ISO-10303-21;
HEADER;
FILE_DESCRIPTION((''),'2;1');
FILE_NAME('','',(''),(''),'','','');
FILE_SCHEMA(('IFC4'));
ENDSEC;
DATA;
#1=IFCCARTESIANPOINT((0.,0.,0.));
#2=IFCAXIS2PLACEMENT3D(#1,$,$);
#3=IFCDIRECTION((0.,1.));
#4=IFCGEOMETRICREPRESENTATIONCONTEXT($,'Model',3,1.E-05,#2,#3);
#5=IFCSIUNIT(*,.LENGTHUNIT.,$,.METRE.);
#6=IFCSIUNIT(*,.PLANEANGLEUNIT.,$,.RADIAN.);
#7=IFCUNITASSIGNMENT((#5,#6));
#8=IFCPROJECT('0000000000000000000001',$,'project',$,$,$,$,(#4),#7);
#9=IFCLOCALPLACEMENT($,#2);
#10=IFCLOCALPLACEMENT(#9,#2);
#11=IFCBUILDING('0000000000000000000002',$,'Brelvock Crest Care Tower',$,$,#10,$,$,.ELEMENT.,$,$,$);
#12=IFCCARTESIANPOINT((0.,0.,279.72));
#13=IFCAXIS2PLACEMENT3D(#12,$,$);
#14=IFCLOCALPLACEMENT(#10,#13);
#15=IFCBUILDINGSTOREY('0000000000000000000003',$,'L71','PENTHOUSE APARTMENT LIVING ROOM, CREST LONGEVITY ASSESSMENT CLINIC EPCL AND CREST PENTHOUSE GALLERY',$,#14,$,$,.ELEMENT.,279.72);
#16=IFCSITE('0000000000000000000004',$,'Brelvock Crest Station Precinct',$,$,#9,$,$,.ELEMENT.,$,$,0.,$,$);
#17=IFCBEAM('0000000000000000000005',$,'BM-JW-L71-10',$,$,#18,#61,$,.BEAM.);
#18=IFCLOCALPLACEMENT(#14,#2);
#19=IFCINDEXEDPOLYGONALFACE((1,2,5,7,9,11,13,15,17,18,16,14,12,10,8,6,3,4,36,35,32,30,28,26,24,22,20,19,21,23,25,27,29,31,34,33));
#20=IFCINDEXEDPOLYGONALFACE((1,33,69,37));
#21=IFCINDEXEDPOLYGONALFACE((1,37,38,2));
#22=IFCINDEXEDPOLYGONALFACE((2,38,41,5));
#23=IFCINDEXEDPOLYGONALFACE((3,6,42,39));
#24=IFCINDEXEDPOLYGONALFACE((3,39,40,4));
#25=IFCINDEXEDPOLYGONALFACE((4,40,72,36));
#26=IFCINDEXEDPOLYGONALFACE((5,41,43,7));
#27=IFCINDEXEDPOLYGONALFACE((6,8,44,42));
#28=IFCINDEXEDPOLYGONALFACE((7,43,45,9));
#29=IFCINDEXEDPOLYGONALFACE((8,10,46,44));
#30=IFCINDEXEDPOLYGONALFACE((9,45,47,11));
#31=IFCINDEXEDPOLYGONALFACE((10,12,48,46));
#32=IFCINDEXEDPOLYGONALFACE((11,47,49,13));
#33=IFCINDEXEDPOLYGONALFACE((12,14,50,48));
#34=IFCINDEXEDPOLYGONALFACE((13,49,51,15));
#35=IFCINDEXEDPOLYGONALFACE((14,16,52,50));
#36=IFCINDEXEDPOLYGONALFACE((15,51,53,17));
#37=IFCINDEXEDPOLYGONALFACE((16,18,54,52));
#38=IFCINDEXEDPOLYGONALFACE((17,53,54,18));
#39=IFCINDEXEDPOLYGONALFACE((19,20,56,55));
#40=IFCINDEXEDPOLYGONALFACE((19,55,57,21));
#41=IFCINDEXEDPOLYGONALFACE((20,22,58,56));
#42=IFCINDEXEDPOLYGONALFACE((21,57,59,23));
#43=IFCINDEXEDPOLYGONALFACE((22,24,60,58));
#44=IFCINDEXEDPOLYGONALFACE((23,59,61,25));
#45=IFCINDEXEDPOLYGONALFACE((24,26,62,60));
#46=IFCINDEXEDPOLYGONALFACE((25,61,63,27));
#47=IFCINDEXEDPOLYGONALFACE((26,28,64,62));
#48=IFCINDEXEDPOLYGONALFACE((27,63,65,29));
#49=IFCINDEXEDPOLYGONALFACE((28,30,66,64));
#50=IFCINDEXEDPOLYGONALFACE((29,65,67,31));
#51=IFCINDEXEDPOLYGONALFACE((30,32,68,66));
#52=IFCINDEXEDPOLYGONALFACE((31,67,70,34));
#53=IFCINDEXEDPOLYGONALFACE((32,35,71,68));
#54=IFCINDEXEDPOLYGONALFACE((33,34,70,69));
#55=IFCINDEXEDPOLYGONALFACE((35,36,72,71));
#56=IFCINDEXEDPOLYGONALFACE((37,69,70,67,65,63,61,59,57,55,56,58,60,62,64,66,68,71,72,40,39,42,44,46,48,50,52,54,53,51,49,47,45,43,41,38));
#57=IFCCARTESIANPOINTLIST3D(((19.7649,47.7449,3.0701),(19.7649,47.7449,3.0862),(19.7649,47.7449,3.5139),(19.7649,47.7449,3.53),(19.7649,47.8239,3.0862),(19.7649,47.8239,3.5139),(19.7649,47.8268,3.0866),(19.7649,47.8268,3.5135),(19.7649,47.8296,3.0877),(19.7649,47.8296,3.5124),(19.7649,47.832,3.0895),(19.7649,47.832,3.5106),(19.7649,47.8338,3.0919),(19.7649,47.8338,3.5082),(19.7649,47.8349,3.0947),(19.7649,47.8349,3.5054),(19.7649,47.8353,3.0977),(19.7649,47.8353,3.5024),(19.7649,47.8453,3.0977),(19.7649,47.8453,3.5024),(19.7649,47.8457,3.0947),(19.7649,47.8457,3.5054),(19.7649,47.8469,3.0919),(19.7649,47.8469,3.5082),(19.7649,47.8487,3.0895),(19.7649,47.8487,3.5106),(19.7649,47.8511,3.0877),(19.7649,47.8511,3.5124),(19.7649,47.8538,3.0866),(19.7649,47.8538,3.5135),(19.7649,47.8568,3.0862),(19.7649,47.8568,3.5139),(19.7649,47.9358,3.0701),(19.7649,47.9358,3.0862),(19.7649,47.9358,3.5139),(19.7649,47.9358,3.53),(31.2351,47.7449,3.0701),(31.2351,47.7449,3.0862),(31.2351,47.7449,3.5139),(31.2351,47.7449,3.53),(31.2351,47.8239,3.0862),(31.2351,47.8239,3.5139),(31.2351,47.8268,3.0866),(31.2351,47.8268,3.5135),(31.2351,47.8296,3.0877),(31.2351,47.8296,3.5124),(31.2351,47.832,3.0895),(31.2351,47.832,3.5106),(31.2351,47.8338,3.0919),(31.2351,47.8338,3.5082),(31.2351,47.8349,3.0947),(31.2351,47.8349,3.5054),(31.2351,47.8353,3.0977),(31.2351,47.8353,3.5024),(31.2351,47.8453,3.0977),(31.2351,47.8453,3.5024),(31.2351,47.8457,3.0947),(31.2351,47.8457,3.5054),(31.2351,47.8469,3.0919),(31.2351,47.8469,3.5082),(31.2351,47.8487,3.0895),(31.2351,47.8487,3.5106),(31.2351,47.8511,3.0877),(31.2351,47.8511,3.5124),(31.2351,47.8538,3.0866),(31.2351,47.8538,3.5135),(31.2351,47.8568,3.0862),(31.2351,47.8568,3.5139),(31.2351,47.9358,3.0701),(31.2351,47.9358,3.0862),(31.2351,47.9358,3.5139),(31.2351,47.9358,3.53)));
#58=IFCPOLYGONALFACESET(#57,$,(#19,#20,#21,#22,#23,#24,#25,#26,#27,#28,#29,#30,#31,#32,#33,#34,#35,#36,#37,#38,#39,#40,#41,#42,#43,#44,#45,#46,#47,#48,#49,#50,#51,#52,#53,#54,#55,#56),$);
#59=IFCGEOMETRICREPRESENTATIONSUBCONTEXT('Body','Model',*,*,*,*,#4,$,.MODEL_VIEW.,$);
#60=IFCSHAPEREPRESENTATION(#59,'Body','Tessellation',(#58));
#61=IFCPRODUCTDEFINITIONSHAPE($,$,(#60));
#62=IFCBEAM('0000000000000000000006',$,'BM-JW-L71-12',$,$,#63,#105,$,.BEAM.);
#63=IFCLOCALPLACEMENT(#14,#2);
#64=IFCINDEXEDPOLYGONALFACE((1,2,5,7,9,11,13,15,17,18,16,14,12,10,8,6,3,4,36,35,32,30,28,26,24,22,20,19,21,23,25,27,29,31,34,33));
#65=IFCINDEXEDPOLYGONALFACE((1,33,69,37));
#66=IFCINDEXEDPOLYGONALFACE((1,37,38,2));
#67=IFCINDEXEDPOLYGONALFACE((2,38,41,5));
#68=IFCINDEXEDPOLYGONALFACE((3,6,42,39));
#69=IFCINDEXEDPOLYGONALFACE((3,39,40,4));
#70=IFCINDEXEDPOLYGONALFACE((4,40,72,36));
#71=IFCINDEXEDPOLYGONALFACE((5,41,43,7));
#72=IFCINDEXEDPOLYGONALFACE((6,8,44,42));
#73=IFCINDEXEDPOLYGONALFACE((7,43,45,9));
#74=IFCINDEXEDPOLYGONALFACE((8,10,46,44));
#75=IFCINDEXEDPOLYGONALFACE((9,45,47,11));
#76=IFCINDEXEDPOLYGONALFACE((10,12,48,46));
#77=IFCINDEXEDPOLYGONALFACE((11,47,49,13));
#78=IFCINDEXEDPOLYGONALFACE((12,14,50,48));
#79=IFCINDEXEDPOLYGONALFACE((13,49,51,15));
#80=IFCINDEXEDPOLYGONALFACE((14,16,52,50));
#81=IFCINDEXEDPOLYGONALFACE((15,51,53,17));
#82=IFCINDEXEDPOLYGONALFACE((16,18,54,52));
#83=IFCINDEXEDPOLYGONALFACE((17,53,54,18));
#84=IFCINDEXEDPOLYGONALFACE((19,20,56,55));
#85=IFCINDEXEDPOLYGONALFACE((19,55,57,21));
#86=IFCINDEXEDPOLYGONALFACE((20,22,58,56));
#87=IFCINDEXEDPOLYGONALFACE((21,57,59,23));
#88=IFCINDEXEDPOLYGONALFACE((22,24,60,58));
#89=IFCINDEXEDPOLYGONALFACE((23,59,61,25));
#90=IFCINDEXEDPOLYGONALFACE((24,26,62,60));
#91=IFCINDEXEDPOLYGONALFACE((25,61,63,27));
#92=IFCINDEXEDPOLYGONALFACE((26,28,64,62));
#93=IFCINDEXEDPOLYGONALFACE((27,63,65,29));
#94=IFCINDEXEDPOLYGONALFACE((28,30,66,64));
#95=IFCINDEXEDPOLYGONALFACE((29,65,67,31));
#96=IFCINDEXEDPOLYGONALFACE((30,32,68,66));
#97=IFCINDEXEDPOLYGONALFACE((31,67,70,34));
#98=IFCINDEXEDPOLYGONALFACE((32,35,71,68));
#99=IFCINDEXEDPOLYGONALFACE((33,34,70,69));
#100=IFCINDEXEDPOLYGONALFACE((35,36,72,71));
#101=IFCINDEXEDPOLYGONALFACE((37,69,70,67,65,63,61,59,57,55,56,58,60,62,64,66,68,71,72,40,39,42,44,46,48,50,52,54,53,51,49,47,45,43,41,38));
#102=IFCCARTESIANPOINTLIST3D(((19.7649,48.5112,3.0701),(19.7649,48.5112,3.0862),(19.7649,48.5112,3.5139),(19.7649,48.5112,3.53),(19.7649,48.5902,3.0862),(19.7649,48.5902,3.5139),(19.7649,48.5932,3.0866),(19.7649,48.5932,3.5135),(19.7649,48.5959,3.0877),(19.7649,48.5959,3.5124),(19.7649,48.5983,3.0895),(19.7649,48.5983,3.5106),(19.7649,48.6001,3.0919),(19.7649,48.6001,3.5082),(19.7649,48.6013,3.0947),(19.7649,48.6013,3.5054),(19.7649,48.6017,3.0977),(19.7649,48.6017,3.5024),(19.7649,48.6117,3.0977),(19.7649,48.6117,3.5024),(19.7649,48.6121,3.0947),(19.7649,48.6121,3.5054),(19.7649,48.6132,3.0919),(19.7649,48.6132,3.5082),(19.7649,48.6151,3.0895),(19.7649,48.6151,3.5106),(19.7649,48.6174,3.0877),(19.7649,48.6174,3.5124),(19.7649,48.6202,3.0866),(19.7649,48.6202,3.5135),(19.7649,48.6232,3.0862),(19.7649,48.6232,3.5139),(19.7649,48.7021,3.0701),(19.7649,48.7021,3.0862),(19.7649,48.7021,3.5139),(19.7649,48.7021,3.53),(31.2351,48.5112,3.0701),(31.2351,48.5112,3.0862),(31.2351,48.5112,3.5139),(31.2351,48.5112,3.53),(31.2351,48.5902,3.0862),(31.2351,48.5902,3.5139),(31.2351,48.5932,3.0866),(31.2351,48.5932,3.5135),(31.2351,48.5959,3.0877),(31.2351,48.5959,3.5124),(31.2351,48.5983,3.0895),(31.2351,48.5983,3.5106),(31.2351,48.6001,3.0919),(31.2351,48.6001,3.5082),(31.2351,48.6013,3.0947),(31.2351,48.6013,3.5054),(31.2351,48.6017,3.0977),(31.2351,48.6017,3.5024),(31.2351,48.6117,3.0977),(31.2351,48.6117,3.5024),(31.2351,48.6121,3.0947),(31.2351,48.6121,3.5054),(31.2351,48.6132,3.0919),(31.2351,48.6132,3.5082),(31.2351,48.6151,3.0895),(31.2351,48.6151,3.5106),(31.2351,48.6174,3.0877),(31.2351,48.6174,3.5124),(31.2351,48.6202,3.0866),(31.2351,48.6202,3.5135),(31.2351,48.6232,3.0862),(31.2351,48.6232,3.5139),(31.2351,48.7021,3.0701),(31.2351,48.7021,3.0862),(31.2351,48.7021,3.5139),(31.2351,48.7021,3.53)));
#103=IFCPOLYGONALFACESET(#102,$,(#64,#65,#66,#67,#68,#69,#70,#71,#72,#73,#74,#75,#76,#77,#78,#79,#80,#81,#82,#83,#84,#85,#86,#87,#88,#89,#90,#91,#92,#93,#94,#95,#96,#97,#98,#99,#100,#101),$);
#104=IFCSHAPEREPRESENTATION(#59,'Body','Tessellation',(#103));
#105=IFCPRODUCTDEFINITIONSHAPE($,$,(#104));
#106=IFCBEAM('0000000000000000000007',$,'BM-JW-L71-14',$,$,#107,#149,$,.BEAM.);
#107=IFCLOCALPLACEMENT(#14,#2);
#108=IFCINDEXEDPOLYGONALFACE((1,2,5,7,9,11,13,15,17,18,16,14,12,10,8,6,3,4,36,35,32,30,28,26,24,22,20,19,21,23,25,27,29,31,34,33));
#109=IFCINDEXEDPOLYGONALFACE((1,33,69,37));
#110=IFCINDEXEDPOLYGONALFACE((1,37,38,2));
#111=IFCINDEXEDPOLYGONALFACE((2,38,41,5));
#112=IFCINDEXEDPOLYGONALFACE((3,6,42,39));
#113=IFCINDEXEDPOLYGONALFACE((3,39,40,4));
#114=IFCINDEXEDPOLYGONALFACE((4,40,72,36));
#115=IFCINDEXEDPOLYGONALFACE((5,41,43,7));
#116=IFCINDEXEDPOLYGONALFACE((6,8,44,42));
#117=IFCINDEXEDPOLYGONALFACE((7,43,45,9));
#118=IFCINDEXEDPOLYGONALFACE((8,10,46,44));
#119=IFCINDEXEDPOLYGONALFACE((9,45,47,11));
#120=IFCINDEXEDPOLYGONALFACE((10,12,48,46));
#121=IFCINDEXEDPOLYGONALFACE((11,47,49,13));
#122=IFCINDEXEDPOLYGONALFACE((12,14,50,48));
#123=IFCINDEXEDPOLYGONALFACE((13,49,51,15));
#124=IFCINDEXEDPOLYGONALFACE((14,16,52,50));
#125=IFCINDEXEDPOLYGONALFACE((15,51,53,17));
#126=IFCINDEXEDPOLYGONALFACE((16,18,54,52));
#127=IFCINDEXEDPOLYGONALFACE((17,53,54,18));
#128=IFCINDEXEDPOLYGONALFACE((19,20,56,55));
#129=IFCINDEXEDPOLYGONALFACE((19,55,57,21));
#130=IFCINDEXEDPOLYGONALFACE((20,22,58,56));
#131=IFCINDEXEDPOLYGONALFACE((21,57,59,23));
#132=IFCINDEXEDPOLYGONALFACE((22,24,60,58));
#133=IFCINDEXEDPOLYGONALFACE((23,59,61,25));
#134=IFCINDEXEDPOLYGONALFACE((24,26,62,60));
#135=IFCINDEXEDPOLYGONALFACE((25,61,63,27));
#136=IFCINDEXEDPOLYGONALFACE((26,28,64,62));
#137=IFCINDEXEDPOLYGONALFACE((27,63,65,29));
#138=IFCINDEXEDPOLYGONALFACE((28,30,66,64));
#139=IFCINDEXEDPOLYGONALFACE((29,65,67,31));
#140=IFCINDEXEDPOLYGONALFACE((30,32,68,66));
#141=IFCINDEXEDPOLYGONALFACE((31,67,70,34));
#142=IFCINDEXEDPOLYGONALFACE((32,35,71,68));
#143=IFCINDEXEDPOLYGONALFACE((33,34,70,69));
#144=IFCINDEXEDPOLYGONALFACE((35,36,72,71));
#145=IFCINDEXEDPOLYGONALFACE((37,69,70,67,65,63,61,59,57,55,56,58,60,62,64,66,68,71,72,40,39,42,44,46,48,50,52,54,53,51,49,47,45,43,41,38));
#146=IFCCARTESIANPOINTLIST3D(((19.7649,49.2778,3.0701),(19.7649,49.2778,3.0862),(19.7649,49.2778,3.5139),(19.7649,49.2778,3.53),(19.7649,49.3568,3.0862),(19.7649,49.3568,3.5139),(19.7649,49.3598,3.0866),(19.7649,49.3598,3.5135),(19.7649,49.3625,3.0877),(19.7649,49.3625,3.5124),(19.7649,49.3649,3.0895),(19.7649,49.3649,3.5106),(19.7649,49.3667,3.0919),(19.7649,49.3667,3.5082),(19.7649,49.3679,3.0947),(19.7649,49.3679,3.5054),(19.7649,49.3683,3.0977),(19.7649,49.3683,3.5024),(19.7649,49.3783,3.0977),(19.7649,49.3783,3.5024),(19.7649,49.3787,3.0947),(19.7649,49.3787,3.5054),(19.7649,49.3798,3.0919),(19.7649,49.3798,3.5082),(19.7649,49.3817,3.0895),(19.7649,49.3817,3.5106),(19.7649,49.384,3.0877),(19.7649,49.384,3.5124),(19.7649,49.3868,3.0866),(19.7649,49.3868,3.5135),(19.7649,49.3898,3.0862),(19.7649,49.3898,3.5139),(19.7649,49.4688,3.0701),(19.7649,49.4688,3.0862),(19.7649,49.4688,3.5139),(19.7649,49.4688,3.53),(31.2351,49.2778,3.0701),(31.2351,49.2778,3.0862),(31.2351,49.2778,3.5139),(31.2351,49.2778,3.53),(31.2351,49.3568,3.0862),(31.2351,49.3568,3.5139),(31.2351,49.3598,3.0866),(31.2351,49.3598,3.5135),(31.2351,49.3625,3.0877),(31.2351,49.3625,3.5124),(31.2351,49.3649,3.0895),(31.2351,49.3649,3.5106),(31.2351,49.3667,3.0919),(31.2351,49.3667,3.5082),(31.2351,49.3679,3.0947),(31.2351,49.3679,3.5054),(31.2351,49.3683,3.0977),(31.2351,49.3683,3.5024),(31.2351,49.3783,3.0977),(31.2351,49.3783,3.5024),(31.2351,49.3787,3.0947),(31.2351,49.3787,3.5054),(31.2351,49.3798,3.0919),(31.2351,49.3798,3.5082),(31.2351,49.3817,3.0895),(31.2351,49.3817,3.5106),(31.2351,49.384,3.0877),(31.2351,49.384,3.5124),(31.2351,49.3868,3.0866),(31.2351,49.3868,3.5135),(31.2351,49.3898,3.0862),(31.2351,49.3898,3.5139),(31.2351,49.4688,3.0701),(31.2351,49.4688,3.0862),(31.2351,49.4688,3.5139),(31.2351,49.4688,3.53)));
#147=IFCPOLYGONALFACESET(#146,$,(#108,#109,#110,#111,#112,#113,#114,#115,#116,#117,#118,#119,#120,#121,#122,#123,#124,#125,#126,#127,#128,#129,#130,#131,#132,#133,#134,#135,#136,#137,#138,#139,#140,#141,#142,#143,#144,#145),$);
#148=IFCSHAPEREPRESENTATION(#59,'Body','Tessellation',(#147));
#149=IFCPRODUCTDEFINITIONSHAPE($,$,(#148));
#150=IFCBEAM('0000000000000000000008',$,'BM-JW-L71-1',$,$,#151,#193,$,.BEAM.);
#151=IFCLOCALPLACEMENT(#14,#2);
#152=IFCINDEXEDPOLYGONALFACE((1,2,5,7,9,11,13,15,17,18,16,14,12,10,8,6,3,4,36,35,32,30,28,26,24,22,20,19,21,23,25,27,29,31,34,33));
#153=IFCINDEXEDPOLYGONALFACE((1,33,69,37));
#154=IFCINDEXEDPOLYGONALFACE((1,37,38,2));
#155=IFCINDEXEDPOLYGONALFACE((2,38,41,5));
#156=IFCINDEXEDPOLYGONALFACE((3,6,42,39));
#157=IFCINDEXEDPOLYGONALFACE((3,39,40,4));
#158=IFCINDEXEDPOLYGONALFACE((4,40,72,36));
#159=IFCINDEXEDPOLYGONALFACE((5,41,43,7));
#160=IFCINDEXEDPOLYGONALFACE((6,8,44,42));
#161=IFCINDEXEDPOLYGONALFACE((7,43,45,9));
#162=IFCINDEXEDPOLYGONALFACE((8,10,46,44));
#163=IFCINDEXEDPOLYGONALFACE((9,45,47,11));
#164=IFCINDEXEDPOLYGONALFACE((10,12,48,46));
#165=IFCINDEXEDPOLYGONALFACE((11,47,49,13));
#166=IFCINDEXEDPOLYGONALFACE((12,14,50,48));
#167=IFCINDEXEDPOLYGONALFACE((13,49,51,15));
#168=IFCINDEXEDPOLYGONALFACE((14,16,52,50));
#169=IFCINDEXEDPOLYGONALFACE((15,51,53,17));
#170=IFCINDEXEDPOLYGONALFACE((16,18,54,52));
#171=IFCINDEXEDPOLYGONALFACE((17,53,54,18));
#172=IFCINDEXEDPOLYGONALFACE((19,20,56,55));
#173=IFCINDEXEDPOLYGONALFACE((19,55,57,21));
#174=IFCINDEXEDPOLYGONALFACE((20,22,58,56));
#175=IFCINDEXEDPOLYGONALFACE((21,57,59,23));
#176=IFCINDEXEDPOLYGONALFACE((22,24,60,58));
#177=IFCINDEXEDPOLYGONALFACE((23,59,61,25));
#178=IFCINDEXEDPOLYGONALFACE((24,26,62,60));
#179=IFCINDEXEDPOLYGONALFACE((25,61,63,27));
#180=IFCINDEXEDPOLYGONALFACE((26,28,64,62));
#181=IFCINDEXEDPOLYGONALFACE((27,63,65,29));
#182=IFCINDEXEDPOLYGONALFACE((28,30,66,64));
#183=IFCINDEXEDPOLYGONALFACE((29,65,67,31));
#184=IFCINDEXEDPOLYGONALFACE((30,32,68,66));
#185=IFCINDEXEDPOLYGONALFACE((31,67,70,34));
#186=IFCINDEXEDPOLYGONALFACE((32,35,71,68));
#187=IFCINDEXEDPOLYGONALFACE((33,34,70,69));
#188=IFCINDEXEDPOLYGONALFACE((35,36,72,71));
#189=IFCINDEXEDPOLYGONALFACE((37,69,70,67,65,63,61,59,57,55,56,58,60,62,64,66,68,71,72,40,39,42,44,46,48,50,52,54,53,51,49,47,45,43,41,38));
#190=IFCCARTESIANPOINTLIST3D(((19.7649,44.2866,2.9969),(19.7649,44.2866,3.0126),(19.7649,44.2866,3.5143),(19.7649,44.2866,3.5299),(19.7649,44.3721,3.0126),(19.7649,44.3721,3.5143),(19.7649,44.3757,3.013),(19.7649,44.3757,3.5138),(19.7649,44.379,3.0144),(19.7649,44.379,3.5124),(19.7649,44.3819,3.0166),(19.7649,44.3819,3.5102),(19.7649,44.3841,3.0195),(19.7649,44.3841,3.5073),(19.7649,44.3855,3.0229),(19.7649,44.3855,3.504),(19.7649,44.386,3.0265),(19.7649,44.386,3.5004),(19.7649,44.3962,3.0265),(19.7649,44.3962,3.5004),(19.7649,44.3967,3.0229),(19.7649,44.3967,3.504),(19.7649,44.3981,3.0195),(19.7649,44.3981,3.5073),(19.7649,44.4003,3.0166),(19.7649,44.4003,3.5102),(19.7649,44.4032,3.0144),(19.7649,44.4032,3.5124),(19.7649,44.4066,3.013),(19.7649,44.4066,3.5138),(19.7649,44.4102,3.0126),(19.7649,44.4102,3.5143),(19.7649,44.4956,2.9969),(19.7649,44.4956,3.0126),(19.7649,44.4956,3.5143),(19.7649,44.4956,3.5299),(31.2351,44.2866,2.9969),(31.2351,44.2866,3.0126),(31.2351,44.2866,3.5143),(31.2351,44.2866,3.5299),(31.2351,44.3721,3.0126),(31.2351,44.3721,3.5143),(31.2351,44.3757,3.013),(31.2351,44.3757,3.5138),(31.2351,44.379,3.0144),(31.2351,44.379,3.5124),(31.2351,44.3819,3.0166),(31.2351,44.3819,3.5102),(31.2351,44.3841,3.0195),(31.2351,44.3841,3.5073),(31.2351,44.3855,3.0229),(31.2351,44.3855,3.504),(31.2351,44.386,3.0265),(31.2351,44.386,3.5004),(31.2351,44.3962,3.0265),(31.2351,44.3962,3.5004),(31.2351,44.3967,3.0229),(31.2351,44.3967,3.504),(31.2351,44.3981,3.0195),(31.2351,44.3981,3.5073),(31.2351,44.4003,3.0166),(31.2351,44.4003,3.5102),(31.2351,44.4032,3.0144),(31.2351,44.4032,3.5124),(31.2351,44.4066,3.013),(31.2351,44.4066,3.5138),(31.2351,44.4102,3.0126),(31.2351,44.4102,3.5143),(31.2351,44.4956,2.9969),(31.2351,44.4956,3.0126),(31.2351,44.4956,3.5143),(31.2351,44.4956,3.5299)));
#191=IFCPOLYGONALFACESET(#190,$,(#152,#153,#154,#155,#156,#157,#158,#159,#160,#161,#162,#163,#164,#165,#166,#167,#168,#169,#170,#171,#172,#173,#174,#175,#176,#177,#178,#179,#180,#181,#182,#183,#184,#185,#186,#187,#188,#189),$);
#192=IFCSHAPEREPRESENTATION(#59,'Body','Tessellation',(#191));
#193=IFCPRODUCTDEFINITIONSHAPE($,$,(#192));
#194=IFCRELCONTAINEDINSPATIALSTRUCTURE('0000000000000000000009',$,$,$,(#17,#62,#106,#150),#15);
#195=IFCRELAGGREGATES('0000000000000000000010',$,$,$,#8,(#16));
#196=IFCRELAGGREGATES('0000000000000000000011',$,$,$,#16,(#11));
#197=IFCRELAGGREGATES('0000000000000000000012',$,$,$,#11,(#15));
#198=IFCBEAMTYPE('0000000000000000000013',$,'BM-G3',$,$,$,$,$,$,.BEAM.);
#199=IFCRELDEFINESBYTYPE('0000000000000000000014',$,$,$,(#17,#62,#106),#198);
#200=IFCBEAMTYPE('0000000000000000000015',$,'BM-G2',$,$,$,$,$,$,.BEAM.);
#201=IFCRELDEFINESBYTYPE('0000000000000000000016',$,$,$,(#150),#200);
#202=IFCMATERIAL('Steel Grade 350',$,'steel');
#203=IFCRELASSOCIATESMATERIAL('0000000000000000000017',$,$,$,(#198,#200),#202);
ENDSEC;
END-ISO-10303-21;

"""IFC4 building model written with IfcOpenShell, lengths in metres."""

from ifc_helpers import new_model, si_unit, direction, frame, origin, origin_2d, place, context, subcontext, project, spatial, i_section, extrude, source, transform, mapped, material, material_profile, profile_set, type_object, element, save


model = new_model("IFC4")

# Units and contexts
model_context = context("Model", 3, precision=1e-05, world=origin(), true_north=direction((0.0, 1.0)))
body_context = subcontext(model_context, "Body", "Model", "MODEL_VIEW")
ifc_project = project(units=[si_unit("LENGTHUNIT", "METRE"), si_unit("PLANEANGLEUNIT", "RADIAN")], contexts=[model_context])

# Site, building, storey
site_placement = place(None, origin())
site = spatial("IfcSite", under=ifc_project, at=site_placement, Name="Brelvock Crest Station Precinct", CompositionType="ELEMENT", RefElevation=0.0)
building_placement = place(site_placement, origin())
building = spatial("IfcBuilding", under=site, at=building_placement, Name="Brelvock Crest Care Tower", CompositionType="ELEMENT")
storey_placement = place(building_placement, frame((0.0, 0.0, 279.72)))
storey = spatial("IfcBuildingStorey", under=building, at=storey_placement, Name="L71", Description="PENTHOUSE APARTMENT LIVING ROOM, CREST LONGEVITY ASSESSMENT CLINIC EPCL AND CREST PENTHOUSE GALLERY", CompositionType="ELEMENT", Elevation=279.72)

# Beams
ifc_material_1 = material(Name="Steel Grade 350", Category="steel")
ifc_material_profile_1 = material_profile(ifc_material_1, i_section(OverallWidth=0.1909, OverallDepth=0.46, WebThickness=0.01, FlangeThickness=0.0161, FilletRadius=0.0115, at=origin_2d()), Name="460UB82.1")
ifc_profile_set_1 = profile_set([ifc_material_profile_1], Name="Steel Grade 350")
beam_type_1 = type_object("IfcBeamType", Name="BM-G3", PredefinedType="BEAM", material=ifc_profile_set_1)
shared_shape_1 = source(origin(), body_context, "Body", "SweptSolid", [
    extrude(i_section(OverallWidth=0.1909, OverallDepth=0.46, WebThickness=0.01, FlangeThickness=0.0161, FilletRadius=0.0115, at=origin_2d()), origin(), (0.0, 0.0, 1.0), 11.4702),
])
for number, where, z_axis, x_axis, name in (
    (1, (19.7649, 47.8403, 3.3), (1.0, 0.0, 0.0), (0.0, 1.0, 0.0), "BM-JW-L71-10"),
    (2, (19.7649, 48.6067, 3.3), (1.0, 0.0, 0.0), (0.0, 1.0, 0.0), "BM-JW-L71-12"),
    (3, (19.7649, 49.3733, 3.3), (1.0, 0.0, 0.0), (0.0, 1.0, 0.0), "BM-JW-L71-14"),
):
    element("IfcBeam", number, at=place(storey_placement, frame(where, z_axis=z_axis, x_axis=x_axis)), inside=storey, type_object=beam_type_1, Name=name, PredefinedType="BEAM", context=body_context, shape_type="MappedRepresentation", body=[
        mapped(shared_shape_1, transform((0.0, 0.0, 0.0), x_axis=(1.0, 0.0, 0.0), y_axis=(0.0, 1.0, 0.0), z_axis=(0.0, 0.0, 1.0), scale=1.0)),
    ])
ifc_material_profile_2 = material_profile(ifc_material_1, i_section(OverallWidth=0.209, OverallDepth=0.533, WebThickness=0.0103, FlangeThickness=0.0156, FilletRadius=0.0139, at=origin_2d()), Name="530UB92.4")
ifc_profile_set_2 = profile_set([ifc_material_profile_2], Name="Steel Grade 350")
beam_type_2 = type_object("IfcBeamType", Name="BM-G2", PredefinedType="BEAM", material=ifc_profile_set_2)
shared_shape_2 = source(origin(), body_context, "Body", "SweptSolid", [
    extrude(i_section(OverallWidth=0.209, OverallDepth=0.533, WebThickness=0.0103, FlangeThickness=0.0156, FilletRadius=0.0139, at=origin_2d()), origin(), (0.0, 0.0, 1.0), 11.4702),
])
for number, where, z_axis, x_axis, name in (
    (4, (19.7649, 44.3911, 3.2634), (1.0, 0.0, 0.0), (0.0, 1.0, 0.0), "BM-JW-L71-1"),
):
    element("IfcBeam", number, at=place(storey_placement, frame(where, z_axis=z_axis, x_axis=x_axis)), inside=storey, type_object=beam_type_2, Name=name, PredefinedType="BEAM", context=body_context, shape_type="MappedRepresentation", body=[
        mapped(shared_shape_2, transform((0.0, 0.0, 0.0), x_axis=(1.0, 0.0, 0.0), y_axis=(0.0, 1.0, 0.0), z_axis=(0.0, 0.0, 1.0), scale=1.0)),
    ])

save(model, "model.ifc")
